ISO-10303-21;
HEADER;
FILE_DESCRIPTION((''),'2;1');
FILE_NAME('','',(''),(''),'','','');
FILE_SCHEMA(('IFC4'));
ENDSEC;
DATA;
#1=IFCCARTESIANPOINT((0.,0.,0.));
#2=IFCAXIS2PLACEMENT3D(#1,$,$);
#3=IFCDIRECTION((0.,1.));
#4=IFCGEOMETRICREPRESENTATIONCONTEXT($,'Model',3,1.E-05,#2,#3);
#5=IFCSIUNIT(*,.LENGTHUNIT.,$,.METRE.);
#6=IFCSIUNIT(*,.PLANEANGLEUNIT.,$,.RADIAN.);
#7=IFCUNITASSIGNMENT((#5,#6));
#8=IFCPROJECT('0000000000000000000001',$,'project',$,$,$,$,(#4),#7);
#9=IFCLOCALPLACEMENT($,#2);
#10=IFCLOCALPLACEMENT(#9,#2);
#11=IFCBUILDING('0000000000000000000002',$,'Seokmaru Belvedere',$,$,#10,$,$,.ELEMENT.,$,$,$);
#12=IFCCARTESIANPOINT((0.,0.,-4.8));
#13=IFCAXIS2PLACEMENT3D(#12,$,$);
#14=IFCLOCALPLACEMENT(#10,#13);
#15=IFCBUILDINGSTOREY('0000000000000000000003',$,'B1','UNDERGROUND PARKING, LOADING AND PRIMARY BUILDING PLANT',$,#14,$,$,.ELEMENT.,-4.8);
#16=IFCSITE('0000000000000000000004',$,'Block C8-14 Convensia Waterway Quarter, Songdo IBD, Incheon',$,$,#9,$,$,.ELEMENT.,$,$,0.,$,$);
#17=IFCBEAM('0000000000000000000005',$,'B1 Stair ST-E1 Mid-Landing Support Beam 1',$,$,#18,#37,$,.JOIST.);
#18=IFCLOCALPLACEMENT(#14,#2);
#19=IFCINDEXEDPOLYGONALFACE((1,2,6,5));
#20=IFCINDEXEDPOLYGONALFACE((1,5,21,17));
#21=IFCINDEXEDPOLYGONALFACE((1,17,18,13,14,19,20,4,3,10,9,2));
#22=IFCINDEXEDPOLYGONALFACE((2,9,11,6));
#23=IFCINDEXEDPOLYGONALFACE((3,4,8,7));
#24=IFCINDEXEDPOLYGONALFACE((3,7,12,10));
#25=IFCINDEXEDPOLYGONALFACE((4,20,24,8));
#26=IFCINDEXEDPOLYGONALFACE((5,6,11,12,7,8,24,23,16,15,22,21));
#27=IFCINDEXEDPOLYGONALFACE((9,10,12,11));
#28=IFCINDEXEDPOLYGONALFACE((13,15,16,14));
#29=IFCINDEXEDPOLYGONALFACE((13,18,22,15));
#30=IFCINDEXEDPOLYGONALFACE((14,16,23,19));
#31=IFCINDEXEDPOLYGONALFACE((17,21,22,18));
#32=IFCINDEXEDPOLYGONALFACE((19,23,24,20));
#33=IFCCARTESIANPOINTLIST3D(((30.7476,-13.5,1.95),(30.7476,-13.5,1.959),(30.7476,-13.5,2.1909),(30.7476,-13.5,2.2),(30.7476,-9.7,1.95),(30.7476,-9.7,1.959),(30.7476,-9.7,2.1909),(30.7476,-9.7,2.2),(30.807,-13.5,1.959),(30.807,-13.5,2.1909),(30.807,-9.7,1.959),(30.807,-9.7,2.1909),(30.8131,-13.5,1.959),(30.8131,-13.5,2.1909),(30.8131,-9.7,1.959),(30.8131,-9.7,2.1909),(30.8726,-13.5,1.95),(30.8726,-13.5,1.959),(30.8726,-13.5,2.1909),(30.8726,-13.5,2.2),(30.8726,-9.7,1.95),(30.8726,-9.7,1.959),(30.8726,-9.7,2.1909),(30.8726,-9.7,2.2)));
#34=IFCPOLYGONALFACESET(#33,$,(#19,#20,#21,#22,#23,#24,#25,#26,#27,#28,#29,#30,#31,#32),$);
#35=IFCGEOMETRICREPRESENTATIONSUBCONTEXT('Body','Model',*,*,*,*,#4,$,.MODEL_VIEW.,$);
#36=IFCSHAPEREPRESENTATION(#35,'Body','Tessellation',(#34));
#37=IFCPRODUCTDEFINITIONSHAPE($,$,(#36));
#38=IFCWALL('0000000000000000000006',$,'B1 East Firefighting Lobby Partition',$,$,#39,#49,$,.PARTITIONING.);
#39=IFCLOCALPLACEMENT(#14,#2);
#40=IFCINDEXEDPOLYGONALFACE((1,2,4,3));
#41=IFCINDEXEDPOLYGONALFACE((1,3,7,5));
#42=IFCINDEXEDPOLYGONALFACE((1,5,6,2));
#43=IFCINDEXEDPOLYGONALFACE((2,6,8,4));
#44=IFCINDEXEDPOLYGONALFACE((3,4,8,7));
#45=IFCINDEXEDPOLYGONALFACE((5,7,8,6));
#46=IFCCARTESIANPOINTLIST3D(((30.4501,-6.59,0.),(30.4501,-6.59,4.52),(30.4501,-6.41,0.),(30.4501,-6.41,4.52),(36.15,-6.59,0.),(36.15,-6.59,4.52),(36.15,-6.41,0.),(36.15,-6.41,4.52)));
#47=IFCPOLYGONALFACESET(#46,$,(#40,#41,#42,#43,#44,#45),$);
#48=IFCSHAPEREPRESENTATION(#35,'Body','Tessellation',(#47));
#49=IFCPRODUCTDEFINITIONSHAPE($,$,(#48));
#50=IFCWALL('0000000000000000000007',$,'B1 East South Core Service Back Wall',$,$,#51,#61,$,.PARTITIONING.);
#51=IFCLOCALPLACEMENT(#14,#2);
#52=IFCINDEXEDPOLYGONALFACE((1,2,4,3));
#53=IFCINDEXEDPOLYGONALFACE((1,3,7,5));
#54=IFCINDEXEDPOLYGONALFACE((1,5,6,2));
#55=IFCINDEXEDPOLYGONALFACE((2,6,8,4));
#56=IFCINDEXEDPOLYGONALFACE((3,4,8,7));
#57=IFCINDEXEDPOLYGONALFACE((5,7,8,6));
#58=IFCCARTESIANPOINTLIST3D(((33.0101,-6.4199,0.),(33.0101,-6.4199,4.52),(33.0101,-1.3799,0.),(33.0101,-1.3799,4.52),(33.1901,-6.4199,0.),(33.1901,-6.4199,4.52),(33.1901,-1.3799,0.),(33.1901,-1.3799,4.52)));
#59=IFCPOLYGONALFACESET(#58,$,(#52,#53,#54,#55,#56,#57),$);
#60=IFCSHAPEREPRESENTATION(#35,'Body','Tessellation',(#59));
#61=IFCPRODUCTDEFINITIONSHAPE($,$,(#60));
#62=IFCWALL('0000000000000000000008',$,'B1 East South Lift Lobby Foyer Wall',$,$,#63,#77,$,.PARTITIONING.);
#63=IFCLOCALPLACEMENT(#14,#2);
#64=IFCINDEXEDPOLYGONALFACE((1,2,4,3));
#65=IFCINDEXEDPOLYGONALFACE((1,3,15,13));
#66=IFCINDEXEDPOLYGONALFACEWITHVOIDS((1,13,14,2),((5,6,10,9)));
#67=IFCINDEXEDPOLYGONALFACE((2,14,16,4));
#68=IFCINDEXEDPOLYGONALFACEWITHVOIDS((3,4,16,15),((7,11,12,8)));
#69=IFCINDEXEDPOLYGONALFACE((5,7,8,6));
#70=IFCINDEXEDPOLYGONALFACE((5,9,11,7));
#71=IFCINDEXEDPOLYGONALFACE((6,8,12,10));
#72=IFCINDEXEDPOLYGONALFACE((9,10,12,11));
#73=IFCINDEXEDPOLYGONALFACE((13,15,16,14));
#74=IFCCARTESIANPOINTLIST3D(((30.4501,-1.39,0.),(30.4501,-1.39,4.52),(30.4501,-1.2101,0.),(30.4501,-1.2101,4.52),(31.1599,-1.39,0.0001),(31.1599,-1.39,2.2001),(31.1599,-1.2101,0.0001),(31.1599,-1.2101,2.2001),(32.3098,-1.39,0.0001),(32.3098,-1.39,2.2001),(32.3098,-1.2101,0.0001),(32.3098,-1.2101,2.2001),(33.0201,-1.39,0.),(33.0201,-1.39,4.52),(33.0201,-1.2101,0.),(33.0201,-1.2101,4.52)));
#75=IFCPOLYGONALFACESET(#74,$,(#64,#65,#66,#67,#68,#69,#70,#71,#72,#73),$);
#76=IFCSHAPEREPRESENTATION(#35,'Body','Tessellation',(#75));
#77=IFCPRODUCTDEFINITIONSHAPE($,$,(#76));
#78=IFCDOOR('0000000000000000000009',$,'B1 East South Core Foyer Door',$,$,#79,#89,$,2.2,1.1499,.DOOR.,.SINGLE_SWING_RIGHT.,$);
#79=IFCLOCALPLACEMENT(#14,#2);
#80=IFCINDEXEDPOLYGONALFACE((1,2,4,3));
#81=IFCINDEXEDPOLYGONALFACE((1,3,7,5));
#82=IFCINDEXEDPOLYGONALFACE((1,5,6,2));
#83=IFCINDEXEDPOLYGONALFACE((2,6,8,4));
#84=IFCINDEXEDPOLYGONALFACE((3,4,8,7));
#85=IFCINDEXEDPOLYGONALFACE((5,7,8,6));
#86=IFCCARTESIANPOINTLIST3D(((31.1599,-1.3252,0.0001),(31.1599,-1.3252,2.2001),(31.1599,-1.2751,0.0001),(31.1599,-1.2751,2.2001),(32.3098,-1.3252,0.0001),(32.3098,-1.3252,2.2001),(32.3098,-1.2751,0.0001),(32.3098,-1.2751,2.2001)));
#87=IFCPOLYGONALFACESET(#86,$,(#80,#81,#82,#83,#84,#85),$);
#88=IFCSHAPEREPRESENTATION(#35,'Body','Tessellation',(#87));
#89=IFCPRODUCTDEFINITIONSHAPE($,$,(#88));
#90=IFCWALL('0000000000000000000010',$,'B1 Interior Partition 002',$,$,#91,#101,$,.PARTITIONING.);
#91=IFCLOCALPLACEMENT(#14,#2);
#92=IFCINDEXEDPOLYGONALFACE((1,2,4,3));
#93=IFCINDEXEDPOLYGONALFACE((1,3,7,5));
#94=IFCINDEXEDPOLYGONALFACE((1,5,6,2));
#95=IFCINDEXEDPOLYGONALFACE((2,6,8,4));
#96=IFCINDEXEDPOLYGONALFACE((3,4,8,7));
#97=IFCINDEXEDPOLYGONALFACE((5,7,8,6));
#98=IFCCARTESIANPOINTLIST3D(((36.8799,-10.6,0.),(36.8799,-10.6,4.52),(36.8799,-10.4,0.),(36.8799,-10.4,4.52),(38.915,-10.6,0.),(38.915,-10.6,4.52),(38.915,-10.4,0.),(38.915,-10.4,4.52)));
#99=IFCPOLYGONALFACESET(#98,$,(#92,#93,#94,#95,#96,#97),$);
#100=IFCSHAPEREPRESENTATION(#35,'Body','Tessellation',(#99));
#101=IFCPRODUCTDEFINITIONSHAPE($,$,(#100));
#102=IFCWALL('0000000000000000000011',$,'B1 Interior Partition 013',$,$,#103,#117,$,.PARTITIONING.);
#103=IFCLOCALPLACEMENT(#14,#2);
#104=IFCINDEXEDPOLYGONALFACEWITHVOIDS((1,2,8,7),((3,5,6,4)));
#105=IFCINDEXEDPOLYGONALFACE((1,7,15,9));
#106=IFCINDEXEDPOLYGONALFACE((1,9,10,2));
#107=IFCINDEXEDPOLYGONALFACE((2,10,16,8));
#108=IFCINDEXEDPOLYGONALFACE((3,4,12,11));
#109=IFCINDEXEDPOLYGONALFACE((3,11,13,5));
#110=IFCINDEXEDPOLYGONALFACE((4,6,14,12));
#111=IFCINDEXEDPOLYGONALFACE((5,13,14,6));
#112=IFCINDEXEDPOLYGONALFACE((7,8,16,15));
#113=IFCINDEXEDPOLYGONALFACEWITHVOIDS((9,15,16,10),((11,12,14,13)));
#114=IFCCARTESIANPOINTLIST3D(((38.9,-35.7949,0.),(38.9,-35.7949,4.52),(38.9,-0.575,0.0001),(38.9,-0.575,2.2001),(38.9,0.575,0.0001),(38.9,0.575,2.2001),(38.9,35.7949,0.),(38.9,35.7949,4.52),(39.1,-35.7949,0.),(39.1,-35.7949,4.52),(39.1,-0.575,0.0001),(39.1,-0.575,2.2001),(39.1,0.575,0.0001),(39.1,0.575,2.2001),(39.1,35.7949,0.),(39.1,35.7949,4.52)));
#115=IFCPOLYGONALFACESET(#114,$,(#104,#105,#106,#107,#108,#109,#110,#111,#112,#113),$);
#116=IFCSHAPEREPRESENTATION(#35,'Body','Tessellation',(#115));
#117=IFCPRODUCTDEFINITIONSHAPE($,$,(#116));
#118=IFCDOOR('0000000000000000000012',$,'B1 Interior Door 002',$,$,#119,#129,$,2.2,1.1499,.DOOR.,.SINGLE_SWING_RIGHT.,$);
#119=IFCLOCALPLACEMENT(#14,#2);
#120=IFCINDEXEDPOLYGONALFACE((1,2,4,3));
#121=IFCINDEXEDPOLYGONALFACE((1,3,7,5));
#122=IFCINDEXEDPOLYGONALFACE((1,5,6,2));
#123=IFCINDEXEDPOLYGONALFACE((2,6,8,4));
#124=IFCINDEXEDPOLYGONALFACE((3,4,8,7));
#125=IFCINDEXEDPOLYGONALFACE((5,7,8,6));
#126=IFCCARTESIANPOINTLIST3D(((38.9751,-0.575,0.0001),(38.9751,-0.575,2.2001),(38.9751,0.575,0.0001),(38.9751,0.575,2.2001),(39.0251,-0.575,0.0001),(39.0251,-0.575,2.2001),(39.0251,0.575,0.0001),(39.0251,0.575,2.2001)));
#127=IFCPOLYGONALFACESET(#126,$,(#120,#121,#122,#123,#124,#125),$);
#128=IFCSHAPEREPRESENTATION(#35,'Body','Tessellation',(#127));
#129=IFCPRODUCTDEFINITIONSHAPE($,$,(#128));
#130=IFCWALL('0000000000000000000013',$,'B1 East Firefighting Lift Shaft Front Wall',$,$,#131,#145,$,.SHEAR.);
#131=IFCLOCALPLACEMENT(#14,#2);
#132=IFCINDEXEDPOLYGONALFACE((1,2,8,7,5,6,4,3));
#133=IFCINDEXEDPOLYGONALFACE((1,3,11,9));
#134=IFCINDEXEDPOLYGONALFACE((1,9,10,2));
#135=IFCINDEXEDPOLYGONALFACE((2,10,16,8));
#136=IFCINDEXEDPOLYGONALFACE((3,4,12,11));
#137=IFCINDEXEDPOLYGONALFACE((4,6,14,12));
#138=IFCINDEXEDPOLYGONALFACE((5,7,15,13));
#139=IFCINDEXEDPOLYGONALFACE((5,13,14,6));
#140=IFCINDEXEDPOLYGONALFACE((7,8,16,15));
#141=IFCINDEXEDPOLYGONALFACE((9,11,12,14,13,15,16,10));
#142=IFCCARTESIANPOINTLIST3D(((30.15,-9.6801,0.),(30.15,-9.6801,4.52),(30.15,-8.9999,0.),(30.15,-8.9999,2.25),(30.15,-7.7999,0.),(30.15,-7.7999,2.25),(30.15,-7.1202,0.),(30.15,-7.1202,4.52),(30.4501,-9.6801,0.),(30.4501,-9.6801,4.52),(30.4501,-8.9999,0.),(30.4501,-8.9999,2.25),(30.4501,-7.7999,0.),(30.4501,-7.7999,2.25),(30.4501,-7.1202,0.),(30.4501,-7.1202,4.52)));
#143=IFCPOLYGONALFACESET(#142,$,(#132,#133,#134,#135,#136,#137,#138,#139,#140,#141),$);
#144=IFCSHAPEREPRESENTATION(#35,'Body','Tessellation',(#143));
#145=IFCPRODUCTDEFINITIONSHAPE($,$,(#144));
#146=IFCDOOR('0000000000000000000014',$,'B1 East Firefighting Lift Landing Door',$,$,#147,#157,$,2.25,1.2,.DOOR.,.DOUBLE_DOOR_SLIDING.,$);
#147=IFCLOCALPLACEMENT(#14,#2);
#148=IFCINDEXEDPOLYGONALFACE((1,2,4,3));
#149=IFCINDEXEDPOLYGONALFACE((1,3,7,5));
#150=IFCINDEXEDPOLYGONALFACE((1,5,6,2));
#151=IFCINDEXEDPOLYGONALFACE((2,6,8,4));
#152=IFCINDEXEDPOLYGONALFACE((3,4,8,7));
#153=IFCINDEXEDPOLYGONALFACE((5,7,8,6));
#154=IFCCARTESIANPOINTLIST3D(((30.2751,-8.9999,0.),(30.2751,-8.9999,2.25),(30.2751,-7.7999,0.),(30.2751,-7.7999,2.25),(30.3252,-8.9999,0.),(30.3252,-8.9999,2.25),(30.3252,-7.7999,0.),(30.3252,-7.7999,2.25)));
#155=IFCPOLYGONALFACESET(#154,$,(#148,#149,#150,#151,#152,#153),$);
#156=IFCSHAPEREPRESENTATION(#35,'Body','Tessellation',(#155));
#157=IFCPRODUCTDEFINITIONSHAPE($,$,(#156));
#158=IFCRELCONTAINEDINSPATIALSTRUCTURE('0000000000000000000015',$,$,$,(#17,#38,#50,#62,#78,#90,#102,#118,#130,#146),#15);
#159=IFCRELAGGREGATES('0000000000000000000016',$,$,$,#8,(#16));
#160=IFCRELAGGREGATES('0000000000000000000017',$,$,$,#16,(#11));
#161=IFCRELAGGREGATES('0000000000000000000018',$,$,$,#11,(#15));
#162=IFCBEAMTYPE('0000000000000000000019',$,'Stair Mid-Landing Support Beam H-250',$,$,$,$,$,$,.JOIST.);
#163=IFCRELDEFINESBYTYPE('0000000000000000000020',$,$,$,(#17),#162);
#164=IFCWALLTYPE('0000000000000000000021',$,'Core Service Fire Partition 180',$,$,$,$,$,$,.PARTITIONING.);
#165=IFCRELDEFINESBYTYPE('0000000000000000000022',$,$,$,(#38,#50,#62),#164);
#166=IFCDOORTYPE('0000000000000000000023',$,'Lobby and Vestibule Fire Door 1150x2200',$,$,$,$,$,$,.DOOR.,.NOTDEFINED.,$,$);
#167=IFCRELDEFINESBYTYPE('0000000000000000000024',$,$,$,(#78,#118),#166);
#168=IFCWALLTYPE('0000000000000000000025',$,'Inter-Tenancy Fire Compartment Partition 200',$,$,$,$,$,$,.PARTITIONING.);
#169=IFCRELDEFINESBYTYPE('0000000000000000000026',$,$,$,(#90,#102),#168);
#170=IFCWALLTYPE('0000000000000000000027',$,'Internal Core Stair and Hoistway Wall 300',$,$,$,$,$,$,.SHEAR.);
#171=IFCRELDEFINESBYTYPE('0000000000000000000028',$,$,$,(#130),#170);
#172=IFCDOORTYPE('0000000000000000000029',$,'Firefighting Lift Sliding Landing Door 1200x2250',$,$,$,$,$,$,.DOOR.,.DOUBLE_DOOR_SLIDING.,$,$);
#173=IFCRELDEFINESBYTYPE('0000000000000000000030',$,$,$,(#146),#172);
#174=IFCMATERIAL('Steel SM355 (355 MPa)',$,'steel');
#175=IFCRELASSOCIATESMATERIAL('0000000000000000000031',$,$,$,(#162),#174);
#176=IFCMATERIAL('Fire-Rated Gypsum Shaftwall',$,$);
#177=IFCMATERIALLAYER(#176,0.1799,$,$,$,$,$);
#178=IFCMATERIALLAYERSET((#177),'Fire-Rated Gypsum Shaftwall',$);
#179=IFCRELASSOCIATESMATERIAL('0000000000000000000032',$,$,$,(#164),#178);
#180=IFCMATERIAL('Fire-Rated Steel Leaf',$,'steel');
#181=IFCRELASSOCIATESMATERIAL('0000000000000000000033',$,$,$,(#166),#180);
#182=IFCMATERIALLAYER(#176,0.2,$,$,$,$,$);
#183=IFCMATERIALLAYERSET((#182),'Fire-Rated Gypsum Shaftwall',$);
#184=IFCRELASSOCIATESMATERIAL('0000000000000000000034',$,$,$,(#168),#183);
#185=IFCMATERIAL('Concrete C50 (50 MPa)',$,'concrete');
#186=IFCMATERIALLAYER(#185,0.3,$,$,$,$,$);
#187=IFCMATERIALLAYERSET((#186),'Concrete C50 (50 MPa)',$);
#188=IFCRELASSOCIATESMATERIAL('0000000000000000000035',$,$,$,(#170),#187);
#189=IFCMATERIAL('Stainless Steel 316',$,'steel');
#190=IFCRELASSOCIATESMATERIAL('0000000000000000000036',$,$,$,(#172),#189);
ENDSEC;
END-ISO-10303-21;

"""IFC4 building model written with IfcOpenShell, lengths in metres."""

from ifc_helpers import new_model, si_unit, direction, frame, frame_2d, origin, origin_2d, place, context, subcontext, project, spatial, rectangle, i_section, extrude, source, transform, mapped, material, layer, layer_set, material_profile, profile_set, type_object, type_shapes, element, fill, save


model = new_model("IFC4")

# Units and contexts
model_context = context("Model", 3, precision=1e-05, world=origin(), true_north=direction((0.0, 1.0)))
body_context = subcontext(model_context, "Body", "Model", "MODEL_VIEW")
ifc_project = project(units=[si_unit("LENGTHUNIT", "METRE"), si_unit("PLANEANGLEUNIT", "RADIAN")], contexts=[model_context])

# Site, building, storey
site_placement = place(None, origin())
site = spatial("IfcSite", under=ifc_project, at=site_placement, Name="Block C8-14 Convensia Waterway Quarter, Songdo IBD, Incheon", CompositionType="ELEMENT", RefElevation=0.0)
building_placement = place(site_placement, origin())
building = spatial("IfcBuilding", under=site, at=building_placement, Name="Seokmaru Belvedere", CompositionType="ELEMENT")
storey_placement = place(building_placement, frame((0.0, 0.0, -4.8)))
storey = spatial("IfcBuildingStorey", under=building, at=storey_placement, Name="B1", Description="UNDERGROUND PARKING, LOADING AND PRIMARY BUILDING PLANT", CompositionType="ELEMENT", Elevation=-4.8)

# Shared definitions
ifc_material_1 = material(Name="Steel SM355 (355 MPa)", Category="steel")

# Beam
ifc_material_2 = material(Name="Concrete C50 (50 MPa)", Category="concrete")
ifc_material_profile_1 = material_profile(ifc_material_1, i_section(OverallWidth=0.125, OverallDepth=0.25, WebThickness=0.0061, FlangeThickness=0.009, at=origin_2d()), Name="H-250x125x6x9")
ifc_profile_set_1 = profile_set([ifc_material_profile_1], Name="Steel SM355 (355 MPa)")
beam_type_1 = type_object("IfcBeamType", Name="Stair Mid-Landing Support Beam H-250", PredefinedType="JOIST", material=ifc_profile_set_1)
shared_shape_1 = source(origin(), body_context, "Body", "SweptSolid", [
    extrude(i_section(OverallWidth=0.125, OverallDepth=0.25, WebThickness=0.0061, FlangeThickness=0.009, at=origin_2d()), origin(), (0.0, 0.0, 1.0), 3.8),
])
type_shapes(beam_type_1, [shared_shape_1])
beam_1_placement = place(storey_placement, frame((30.8101, -13.5, 2.075), z_axis=(0.0, 1.0, 0.0), x_axis=(-1.0, 0.0, 0.0)))
element("IfcBeam", 1, at=beam_1_placement, inside=storey, type_object=beam_type_1, Name="B1 Stair ST-E1 Mid-Landing Support Beam 1", PredefinedType="JOIST", context=body_context, shape_type="MappedRepresentation", body=[
    mapped(shared_shape_1, transform((0.0, 0.0, 0.0), scale=1.0)),
])

# Walls
ifc_material_3 = material(Name="Fire-Rated Gypsum Shaftwall")
ifc_layer_1 = layer(ifc_material_3, 0.1799)
ifc_layer_set_1 = layer_set([ifc_layer_1], Name="Fire-Rated Gypsum Shaftwall")
wall_type_1 = type_object("IfcWallType", Name="Core Service Fire Partition 180", PredefinedType="PARTITIONING", material=ifc_layer_set_1)
wall_1_placement = place(storey_placement, frame((30.45, -6.5, 0.0), z_axis=(0.0, 0.0, 1.0), x_axis=(1.0, 0.0, 0.0)))
element("IfcWall", 2, at=wall_1_placement, inside=storey, type_object=wall_type_1, Name="B1 East Firefighting Lobby Partition", PredefinedType="PARTITIONING", context=body_context, shape_type="SweptSolid", body=[
    extrude(rectangle(XDim=5.7, YDim=0.1799, at=frame_2d((2.8501, 0.0))), origin(), (0.0, 0.0, 1.0), 4.52),
])
wall_2_placement = place(storey_placement, frame((33.1001, -6.4199, 0.0), z_axis=(0.0, 0.0, 1.0), x_axis=(0.0, 1.0, 0.0)))
element("IfcWall", 3, at=wall_2_placement, inside=storey, type_object=wall_type_1, Name="B1 East South Core Service Back Wall", PredefinedType="PARTITIONING", context=body_context, shape_type="SweptSolid", body=[
    extrude(rectangle(XDim=5.04, YDim=0.1799, at=frame_2d((2.52, 0.0))), origin(), (0.0, 0.0, 1.0), 4.52),
])

# Wall, opening, door
wall_3_placement = place(storey_placement, frame((30.45, -1.3, 0.0), z_axis=(0.0, 0.0, 1.0), x_axis=(1.0, 0.0, 0.0)))
wall_3 = element("IfcWall", 4, at=wall_3_placement, inside=storey, type_object=wall_type_1, Name="B1 East South Lift Lobby Foyer Wall", PredefinedType="PARTITIONING", context=body_context, shape_type="SweptSolid", body=[
    extrude(rectangle(XDim=2.5701, YDim=0.1799, at=frame_2d((1.2852, 0.0))), origin(), (0.0, 0.0, 1.0), 4.52),
])
opening_1_placement = place(wall_3_placement, frame((0.71, 0.0, 0.0)))
opening_1 = element("IfcOpeningElement", 5, at=opening_1_placement, cuts=wall_3, PredefinedType="OPENING", context=body_context, shape_type="SweptSolid", body=[
    extrude(rectangle(XDim=1.1499, YDim=2.2, at=frame_2d((0.575, 1.1001))), frame((0.0, 0.1001, 0.0), z_axis=(0.0, -1.0, 0.0), x_axis=(1.0, 0.0, 0.0)), (0.0, 0.0, 1.0), 0.2),
])
ifc_material_4 = material(Name="Fire-Rated Steel Leaf", Category="steel")
door_type_1 = type_object("IfcDoorType", Name="Lobby and Vestibule Fire Door 1150x2200", OperationType="NOTDEFINED", PredefinedType="DOOR", material=ifc_material_4)
shared_shape_2 = source(origin(), body_context, "Body", "SweptSolid", [
    extrude(rectangle(XDim=1.1499, YDim=2.2, at=frame_2d((0.575, 1.1001))), frame((0.0, 0.0249, 0.0), z_axis=(0.0, -1.0, 0.0), x_axis=(1.0, 0.0, 0.0)), (0.0, 0.0, 1.0), 0.05),
])
type_shapes(door_type_1, [shared_shape_2])
door_1_placement = place(opening_1_placement, origin())
door_1 = element("IfcDoor", 6, at=door_1_placement, inside=storey, type_object=door_type_1, Name="B1 East South Core Foyer Door", OperationType="SINGLE_SWING_RIGHT", OverallHeight=2.2, OverallWidth=1.1499, PredefinedType="DOOR", context=body_context, shape_type="MappedRepresentation", body=[
    mapped(shared_shape_2, transform((0.0, 0.0, 0.0), scale=1.0)),
])
fill(opening_1, door_1)

# Wall
ifc_layer_2 = layer(ifc_material_3, 0.2)
ifc_layer_set_2 = layer_set([ifc_layer_2], Name="Fire-Rated Gypsum Shaftwall")
wall_type_2 = type_object("IfcWallType", Name="Inter-Tenancy Fire Compartment Partition 200", PredefinedType="PARTITIONING", material=ifc_layer_set_2)
wall_4_placement = place(storey_placement, frame((36.8799, -10.5, 0.0), z_axis=(0.0, 0.0, 1.0), x_axis=(1.0, 0.0, 0.0)))
element("IfcWall", 7, at=wall_4_placement, inside=storey, type_object=wall_type_2, Name="B1 Interior Partition 002", PredefinedType="PARTITIONING", context=body_context, shape_type="SweptSolid", body=[
    extrude(rectangle(XDim=2.0352, YDim=0.2, at=frame_2d((1.0176, 0.0))), origin(), (0.0, 0.0, 1.0), 4.52),
])

# Walls, openings, doors
wall_5_placement = place(storey_placement, frame((39.0, -35.7949, 0.0), z_axis=(0.0, 0.0, 1.0), x_axis=(0.0, 1.0, 0.0)))
wall_5 = element("IfcWall", 8, at=wall_5_placement, inside=storey, type_object=wall_type_2, Name="B1 Interior Partition 013", PredefinedType="PARTITIONING", context=body_context, shape_type="SweptSolid", body=[
    extrude(rectangle(XDim=71.5898, YDim=0.2, at=frame_2d((35.7949, 0.0))), origin(), (0.0, 0.0, 1.0), 4.52),
])
opening_2_placement = place(wall_5_placement, frame((35.22, 0.0, 0.0)))
opening_2 = element("IfcOpeningElement", 9, at=opening_2_placement, cuts=wall_5, PredefinedType="OPENING", context=body_context, shape_type="SweptSolid", body=[
    extrude(rectangle(XDim=1.1499, YDim=2.2, at=frame_2d((0.575, 1.1001))), frame((0.0, 0.1099, 0.0), z_axis=(0.0, -1.0, 0.0), x_axis=(1.0, 0.0, 0.0)), (0.0, 0.0, 1.0), 0.22),
])
door_2_placement = place(opening_2_placement, origin())
door_2 = element("IfcDoor", 10, at=door_2_placement, inside=storey, type_object=door_type_1, Name="B1 Interior Door 002", OperationType="SINGLE_SWING_RIGHT", OverallHeight=2.2, OverallWidth=1.1499, PredefinedType="DOOR", context=body_context, shape_type="MappedRepresentation", body=[
    mapped(shared_shape_2, transform((0.0, 0.0, 0.0), scale=1.0)),
])
fill(opening_2, door_2)
ifc_layer_3 = layer(ifc_material_2, 0.3)
ifc_layer_set_3 = layer_set([ifc_layer_3], Name="Concrete C50 (50 MPa)")
wall_type_3 = type_object("IfcWallType", Name="Internal Core Stair and Hoistway Wall 300", PredefinedType="SHEAR", material=ifc_layer_set_3)
wall_6_placement = place(storey_placement, frame((30.3, -9.6799, 0.0), z_axis=(0.0, 0.0, 1.0), x_axis=(0.0, 1.0, 0.0)))
wall_6 = element("IfcWall", 11, at=wall_6_placement, inside=storey, type_object=wall_type_3, Name="B1 East Firefighting Lift Shaft Front Wall", PredefinedType="SHEAR", context=body_context, shape_type="SweptSolid", body=[
    extrude(rectangle(XDim=2.5598, YDim=0.3, at=frame_2d((1.2798, 0.0))), origin(), (0.0, 0.0, 1.0), 4.52),
])
opening_3_placement = place(wall_6_placement, frame((0.6799, 0.0, 0.0)))
opening_3 = element("IfcOpeningElement", 12, at=opening_3_placement, cuts=wall_6, PredefinedType="OPENING", context=body_context, shape_type="SweptSolid", body=[
    extrude(rectangle(XDim=1.2, YDim=2.25, at=frame_2d((0.6001, 1.125))), frame((0.0, 0.1602, 0.0), z_axis=(0.0, -1.0, 0.0), x_axis=(1.0, 0.0, 0.0)), (0.0, 0.0, 1.0), 0.3201),
])
ifc_material_5 = material(Name="Stainless Steel 316", Category="steel")
door_type_2 = type_object("IfcDoorType", Name="Firefighting Lift Sliding Landing Door 1200x2250", OperationType="DOUBLE_DOOR_SLIDING", PredefinedType="DOOR", material=ifc_material_5)
shared_shape_3 = source(origin(), body_context, "Body", "SweptSolid", [
    extrude(rectangle(XDim=1.2, YDim=2.25, at=frame_2d((0.6001, 1.125))), frame((0.0, 0.0249, 0.0), z_axis=(0.0, -1.0, 0.0), x_axis=(1.0, 0.0, 0.0)), (0.0, 0.0, 1.0), 0.05),
])
type_shapes(door_type_2, [shared_shape_3])
door_3_placement = place(opening_3_placement, origin())
door_3 = element("IfcDoor", 13, at=door_3_placement, inside=storey, type_object=door_type_2, Name="B1 East Firefighting Lift Landing Door", OperationType="DOUBLE_DOOR_SLIDING", OverallHeight=2.25, OverallWidth=1.2, PredefinedType="DOOR", context=body_context, shape_type="MappedRepresentation", body=[
    mapped(shared_shape_3, transform((0.0, 0.0, 0.0), scale=1.0)),
])
fill(opening_3, door_3)

save(model, "model.ifc")
